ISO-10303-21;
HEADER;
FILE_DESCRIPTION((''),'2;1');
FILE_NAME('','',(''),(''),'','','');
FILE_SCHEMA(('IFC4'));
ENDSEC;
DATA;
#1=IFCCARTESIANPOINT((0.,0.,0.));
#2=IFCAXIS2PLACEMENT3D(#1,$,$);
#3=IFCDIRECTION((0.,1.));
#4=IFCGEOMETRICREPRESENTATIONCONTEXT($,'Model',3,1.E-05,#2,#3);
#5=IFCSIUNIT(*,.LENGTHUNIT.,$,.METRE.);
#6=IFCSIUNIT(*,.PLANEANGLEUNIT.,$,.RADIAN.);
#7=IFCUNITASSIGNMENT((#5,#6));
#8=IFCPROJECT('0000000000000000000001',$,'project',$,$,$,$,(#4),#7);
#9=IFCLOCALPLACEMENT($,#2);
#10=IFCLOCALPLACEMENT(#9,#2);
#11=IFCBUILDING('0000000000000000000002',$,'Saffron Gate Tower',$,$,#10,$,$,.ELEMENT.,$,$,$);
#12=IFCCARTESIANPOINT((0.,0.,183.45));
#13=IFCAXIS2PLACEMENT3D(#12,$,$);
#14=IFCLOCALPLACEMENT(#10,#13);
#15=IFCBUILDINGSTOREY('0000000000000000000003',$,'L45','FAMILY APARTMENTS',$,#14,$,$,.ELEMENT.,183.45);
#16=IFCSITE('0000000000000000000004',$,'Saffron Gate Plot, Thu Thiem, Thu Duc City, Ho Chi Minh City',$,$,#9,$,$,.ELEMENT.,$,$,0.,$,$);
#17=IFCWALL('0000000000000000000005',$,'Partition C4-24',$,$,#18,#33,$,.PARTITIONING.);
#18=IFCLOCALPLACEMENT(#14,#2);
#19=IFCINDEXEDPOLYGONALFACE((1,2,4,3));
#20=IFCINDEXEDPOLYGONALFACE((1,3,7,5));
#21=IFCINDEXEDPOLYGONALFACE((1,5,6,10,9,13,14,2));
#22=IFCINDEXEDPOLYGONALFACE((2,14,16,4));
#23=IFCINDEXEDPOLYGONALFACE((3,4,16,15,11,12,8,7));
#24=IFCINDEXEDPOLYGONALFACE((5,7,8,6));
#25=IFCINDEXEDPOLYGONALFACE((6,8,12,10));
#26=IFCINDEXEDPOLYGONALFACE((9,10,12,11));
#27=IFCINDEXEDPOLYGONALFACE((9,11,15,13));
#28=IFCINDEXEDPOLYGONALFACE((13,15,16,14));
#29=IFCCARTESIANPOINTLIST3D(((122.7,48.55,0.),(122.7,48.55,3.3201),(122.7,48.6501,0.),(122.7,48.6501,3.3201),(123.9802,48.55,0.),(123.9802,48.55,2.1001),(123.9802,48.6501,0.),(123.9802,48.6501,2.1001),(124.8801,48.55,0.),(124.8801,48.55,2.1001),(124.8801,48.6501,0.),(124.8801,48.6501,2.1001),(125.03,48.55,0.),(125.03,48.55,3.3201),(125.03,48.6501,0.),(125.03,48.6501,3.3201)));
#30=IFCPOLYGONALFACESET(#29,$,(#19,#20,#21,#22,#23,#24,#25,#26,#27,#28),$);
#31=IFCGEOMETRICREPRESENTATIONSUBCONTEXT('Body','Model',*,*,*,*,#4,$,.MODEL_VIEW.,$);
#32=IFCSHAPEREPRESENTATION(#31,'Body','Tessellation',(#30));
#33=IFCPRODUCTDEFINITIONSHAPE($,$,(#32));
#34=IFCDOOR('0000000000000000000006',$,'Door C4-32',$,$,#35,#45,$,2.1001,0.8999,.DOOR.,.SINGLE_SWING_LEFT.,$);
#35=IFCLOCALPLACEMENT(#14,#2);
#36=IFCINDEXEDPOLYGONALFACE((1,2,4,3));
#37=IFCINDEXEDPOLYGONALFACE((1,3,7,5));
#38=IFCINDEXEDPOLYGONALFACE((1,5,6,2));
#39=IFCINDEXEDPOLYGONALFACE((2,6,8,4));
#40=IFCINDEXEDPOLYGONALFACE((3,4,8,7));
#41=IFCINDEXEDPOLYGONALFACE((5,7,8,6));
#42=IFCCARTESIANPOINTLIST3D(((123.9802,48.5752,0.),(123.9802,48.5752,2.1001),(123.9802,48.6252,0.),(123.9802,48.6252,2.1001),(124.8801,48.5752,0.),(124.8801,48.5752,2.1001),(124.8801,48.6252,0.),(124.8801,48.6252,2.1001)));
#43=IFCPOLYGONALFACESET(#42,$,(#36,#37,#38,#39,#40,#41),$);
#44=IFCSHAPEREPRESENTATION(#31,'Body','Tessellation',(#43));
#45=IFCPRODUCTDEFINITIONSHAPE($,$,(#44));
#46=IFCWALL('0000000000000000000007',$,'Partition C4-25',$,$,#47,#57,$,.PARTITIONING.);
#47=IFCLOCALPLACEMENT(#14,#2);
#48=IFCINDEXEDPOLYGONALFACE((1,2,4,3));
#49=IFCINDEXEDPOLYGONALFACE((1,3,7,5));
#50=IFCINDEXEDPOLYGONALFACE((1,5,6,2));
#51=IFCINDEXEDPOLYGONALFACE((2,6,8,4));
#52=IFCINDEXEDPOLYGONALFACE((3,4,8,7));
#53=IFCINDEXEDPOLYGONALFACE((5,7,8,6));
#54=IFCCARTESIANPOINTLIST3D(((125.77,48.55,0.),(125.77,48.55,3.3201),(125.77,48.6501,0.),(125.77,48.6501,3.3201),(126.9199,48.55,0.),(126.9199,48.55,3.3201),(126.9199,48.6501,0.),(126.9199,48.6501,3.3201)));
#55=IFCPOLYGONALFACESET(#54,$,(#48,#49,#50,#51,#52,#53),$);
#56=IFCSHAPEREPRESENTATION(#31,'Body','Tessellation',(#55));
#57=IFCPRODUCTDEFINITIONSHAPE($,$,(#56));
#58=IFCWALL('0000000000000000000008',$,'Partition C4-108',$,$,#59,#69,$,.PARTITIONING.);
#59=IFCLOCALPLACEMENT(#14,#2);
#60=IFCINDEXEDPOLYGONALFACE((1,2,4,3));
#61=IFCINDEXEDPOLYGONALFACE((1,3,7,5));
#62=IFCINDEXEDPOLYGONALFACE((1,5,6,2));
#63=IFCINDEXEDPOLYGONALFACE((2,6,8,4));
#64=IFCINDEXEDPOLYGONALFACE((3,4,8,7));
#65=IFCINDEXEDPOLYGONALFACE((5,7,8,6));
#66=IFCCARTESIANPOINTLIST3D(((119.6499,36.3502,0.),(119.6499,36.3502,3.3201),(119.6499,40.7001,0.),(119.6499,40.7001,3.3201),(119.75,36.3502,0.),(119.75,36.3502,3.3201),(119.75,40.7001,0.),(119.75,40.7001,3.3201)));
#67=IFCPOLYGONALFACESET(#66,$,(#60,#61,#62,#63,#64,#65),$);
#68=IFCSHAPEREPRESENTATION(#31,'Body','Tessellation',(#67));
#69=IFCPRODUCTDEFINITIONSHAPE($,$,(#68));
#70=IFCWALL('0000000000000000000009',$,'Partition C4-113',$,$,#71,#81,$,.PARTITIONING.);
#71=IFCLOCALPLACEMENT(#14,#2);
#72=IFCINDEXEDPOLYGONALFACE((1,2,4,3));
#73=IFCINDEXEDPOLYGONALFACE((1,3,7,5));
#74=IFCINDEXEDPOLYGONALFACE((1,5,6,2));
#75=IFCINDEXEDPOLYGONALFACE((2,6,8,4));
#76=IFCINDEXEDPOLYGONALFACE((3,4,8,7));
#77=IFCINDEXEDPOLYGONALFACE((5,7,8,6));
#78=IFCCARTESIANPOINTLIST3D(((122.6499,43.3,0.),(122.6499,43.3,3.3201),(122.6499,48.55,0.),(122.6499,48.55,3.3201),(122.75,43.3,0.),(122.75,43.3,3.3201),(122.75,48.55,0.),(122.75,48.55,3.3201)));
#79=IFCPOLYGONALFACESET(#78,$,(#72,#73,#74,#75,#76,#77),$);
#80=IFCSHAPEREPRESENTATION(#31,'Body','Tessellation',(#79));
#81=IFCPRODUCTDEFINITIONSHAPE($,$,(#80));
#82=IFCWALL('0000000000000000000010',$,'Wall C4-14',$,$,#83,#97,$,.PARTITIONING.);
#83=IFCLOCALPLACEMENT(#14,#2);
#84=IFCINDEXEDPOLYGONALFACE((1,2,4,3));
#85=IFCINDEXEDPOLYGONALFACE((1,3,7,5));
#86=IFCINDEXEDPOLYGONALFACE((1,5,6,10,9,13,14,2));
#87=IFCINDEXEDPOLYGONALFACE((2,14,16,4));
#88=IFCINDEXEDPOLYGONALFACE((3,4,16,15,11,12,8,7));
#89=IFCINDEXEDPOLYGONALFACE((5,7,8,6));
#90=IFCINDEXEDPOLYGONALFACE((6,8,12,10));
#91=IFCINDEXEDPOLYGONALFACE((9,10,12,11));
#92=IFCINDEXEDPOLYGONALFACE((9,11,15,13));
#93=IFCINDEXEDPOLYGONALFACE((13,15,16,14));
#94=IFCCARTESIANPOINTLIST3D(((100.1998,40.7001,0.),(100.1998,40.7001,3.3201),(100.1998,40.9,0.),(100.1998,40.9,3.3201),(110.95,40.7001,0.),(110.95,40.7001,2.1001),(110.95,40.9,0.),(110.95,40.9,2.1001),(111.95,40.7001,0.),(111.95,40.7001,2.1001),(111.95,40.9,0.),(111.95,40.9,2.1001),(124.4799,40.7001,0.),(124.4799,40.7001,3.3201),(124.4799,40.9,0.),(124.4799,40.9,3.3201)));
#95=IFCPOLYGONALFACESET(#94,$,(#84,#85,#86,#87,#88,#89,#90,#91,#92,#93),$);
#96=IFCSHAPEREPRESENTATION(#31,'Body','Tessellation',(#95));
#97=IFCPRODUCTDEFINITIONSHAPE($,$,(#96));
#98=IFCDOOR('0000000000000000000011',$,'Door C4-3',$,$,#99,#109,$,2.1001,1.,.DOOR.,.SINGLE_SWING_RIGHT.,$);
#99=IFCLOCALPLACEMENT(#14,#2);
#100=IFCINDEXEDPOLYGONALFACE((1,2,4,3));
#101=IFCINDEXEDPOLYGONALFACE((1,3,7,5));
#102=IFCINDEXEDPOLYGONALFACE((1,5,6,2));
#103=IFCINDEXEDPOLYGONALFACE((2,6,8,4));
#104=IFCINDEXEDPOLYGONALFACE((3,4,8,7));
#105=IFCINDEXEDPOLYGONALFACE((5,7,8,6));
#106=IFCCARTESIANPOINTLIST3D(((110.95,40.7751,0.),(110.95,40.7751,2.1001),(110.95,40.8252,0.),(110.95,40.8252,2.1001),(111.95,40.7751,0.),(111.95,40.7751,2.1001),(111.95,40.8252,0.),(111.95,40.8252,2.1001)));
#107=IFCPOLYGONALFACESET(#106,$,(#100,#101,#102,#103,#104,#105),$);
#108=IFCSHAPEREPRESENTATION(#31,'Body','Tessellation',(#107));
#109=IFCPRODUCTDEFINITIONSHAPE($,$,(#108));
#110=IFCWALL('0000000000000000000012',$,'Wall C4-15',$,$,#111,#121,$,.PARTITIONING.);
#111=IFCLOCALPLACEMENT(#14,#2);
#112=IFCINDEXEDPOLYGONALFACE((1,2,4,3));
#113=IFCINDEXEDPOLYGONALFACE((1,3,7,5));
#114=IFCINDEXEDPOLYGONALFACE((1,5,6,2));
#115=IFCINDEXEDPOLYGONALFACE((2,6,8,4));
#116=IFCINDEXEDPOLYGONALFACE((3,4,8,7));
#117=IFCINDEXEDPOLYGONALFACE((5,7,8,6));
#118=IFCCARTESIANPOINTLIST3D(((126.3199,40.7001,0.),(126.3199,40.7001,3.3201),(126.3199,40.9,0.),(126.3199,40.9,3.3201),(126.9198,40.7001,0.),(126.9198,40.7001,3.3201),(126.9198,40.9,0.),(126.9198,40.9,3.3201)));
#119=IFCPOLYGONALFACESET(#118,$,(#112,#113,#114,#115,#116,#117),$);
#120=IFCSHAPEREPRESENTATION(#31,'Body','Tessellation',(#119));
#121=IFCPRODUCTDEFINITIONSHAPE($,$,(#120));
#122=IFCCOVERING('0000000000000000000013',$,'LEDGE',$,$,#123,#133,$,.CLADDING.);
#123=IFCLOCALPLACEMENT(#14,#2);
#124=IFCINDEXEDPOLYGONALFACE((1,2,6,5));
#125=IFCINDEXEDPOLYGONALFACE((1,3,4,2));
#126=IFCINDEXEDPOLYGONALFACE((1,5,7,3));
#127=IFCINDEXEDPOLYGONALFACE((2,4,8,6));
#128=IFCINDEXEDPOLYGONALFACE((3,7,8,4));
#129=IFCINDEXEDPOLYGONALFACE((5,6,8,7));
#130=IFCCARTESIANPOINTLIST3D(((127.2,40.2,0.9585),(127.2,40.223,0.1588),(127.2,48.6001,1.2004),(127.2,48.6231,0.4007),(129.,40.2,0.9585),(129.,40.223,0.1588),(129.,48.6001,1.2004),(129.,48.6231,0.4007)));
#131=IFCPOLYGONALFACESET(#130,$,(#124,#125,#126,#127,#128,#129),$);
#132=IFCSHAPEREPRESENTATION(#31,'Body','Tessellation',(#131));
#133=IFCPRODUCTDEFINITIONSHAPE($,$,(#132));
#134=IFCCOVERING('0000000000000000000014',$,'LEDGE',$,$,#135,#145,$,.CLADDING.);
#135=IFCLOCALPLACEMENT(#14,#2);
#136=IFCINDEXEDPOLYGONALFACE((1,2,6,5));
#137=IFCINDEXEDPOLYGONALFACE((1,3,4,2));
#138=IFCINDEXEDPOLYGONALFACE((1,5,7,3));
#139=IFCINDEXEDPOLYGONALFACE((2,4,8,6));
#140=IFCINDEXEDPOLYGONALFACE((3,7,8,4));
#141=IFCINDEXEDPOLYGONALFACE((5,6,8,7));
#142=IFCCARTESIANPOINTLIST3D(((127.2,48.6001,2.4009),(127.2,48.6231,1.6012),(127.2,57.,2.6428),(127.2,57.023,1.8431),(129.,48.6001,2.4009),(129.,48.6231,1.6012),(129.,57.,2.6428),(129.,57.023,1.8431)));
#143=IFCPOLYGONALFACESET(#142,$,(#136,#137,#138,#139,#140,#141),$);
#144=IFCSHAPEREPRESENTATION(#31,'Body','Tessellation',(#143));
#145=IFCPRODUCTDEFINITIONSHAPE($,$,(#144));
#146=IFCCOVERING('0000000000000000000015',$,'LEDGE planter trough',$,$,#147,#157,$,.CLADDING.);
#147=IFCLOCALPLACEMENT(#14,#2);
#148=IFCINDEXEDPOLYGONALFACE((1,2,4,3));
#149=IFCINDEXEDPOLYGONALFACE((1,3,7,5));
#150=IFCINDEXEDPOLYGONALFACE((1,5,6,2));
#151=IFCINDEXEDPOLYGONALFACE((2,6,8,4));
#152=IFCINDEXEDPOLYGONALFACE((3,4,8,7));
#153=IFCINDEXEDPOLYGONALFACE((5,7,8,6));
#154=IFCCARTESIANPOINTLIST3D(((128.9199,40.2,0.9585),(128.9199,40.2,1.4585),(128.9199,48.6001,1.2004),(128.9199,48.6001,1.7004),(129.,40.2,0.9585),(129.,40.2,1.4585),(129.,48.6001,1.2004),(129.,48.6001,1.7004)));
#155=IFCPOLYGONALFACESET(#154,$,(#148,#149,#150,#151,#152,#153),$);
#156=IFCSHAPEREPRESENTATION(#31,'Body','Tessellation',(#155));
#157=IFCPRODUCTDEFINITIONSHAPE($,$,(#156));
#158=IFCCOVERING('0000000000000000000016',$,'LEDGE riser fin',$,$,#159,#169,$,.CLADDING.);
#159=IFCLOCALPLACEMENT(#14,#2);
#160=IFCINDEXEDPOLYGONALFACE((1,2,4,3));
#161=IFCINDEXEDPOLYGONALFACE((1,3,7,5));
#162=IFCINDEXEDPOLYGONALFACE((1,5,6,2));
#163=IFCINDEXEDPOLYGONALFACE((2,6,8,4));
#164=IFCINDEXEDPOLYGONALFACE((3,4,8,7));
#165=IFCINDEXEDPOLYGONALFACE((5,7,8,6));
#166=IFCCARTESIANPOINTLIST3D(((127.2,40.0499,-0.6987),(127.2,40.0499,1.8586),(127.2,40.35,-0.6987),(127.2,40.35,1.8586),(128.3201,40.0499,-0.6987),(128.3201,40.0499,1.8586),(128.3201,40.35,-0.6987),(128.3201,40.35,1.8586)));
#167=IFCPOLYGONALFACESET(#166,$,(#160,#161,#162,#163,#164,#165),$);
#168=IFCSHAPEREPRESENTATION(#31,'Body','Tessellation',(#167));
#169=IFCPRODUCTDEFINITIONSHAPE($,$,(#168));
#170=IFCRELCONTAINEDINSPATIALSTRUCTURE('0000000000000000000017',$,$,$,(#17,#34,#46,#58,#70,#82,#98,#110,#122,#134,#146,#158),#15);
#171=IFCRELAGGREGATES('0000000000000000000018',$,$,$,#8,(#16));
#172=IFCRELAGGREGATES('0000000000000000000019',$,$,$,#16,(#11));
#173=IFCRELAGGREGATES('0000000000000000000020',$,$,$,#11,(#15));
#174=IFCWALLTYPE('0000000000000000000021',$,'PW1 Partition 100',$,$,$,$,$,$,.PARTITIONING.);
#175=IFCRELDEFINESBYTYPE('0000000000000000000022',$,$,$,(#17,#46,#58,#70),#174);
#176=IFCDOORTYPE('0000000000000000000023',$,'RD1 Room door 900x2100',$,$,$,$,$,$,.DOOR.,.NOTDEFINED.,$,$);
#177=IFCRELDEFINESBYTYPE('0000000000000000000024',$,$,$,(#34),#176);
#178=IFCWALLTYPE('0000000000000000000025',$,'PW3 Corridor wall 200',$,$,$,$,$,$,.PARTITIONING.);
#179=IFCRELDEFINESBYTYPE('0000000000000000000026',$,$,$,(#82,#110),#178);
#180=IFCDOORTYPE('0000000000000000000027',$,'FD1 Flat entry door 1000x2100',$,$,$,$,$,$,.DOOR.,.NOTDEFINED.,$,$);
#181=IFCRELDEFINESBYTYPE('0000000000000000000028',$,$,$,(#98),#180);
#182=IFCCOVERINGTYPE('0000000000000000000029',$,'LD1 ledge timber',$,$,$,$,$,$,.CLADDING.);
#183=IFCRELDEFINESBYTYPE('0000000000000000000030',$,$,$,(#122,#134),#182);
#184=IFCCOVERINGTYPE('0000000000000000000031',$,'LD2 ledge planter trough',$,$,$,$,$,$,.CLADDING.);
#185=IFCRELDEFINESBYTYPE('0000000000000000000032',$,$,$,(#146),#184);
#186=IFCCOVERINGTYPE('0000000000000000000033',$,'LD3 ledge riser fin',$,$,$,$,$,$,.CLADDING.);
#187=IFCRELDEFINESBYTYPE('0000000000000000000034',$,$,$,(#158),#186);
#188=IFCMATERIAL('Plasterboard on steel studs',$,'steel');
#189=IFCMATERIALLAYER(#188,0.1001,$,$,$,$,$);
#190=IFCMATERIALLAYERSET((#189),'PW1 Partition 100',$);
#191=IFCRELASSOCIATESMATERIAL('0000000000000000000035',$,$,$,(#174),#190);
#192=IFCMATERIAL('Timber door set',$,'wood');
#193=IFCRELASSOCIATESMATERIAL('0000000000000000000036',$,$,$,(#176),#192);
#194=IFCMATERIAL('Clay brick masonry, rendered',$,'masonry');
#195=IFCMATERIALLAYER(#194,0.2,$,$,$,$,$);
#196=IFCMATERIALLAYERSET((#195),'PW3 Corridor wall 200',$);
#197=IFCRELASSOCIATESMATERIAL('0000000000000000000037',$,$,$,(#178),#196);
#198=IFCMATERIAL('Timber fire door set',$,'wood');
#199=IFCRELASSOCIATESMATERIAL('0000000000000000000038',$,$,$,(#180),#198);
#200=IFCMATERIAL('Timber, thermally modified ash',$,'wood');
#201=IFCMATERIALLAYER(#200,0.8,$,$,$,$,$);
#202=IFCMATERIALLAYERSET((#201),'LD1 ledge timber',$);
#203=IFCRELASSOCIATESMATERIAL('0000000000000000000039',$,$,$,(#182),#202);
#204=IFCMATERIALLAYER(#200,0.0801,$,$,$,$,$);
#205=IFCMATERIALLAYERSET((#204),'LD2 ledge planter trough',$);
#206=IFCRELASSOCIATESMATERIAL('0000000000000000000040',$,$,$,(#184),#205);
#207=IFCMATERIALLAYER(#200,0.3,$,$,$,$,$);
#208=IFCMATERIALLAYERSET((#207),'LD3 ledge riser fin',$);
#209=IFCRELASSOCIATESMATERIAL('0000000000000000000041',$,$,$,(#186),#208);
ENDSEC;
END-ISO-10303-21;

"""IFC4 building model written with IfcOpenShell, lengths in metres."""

from ifc_helpers import new_model, si_unit, direction, frame, frame_2d, origin, origin_2d, place, context, subcontext, project, spatial, polyline, rectangle, outline, extrude, material, layer, layer_set, type_object, element, fill, save


model = new_model("IFC4")

# Units and contexts
model_context = context("Model", 3, precision=1e-05, world=origin(), true_north=direction((0.0, 1.0)))
body_context = subcontext(model_context, "Body", "Model", "MODEL_VIEW")
ifc_project = project(units=[si_unit("LENGTHUNIT", "METRE"), si_unit("PLANEANGLEUNIT", "RADIAN")], contexts=[model_context])

# Site, building, storey
site_placement = place(None, origin())
site = spatial("IfcSite", under=ifc_project, at=site_placement, Name="Saffron Gate Plot, Thu Thiem, Thu Duc City, Ho Chi Minh City", CompositionType="ELEMENT", RefElevation=0.0)
building_placement = place(site_placement, origin())
building = spatial("IfcBuilding", under=site, at=building_placement, Name="Saffron Gate Tower", CompositionType="ELEMENT")
storey_placement = place(building_placement, frame((0.0, 0.0, 183.45)))
storey = spatial("IfcBuildingStorey", under=building, at=storey_placement, Name="L45", Description="FAMILY APARTMENTS", CompositionType="ELEMENT", Elevation=183.45)

# Wall, opening, door
ifc_material_1 = material(Name="Plasterboard on steel studs", Category="steel")
ifc_layer_1 = layer(ifc_material_1, 0.1001)
ifc_layer_set_1 = layer_set([ifc_layer_1], Name="PW1 Partition 100")
wall_type_1 = type_object("IfcWallType", Name="PW1 Partition 100", PredefinedType="PARTITIONING", material=ifc_layer_set_1)
ifc_material_2 = material(Name="Timber door set", Category="wood")
door_type_1 = type_object("IfcDoorType", Name="RD1 Room door 900x2100", OperationType="NOTDEFINED", PredefinedType="DOOR", material=ifc_material_2)
wall_1_placement = place(storey_placement, frame((125.03, 48.6001, 0.0), z_axis=(0.0, 0.0, 1.0), x_axis=(-1.0, 0.0, 0.0)))
wall_1 = element("IfcWall", 1, at=wall_1_placement, inside=storey, type_object=wall_type_1, Name="Partition C4-24", PredefinedType="PARTITIONING", context=body_context, shape_type="SweptSolid", body=[
    extrude(rectangle(XDim=2.3301, YDim=0.1001, at=frame_2d((1.165, 0.0))), origin(), (0.0, 0.0, 1.0), 3.3201),
])
opening_1_placement = place(wall_1_placement, frame((0.1499, 0.0, 0.0)))
opening_1 = element("IfcOpeningElement", 2, at=opening_1_placement, cuts=wall_1, PredefinedType="OPENING", context=body_context, shape_type="SweptSolid", body=[
    extrude(rectangle(XDim=0.8999, YDim=2.1001, at=frame_2d((0.45, 1.05))), frame((0.0, 0.0601, 0.0), z_axis=(0.0, -1.0, 0.0), x_axis=(1.0, 0.0, 0.0)), (0.0, 0.0, 1.0), 0.1201),
])
door_1_placement = place(opening_1_placement, origin())
door_1 = element("IfcDoor", 3, at=door_1_placement, inside=storey, type_object=door_type_1, Name="Door C4-32", OperationType="SINGLE_SWING_LEFT", OverallHeight=2.1001, OverallWidth=0.8999, PredefinedType="DOOR", context=body_context, shape_type="SweptSolid", body=[
    extrude(rectangle(XDim=0.8999, YDim=2.1001, at=frame_2d((0.45, 1.05))), frame((0.0, 0.0249, 0.0), z_axis=(0.0, -1.0, 0.0), x_axis=(1.0, 0.0, 0.0)), (0.0, 0.0, 1.0), 0.05),
])
fill(opening_1, door_1)

# Walls
wall_2_placement = place(storey_placement, frame((125.77, 48.6001, 0.0), z_axis=(0.0, 0.0, 1.0), x_axis=(1.0, 0.0, 0.0)))
element("IfcWall", 4, at=wall_2_placement, inside=storey, type_object=wall_type_1, Name="Partition C4-25", PredefinedType="PARTITIONING", context=body_context, shape_type="SweptSolid", body=[
    extrude(rectangle(XDim=1.1499, YDim=0.1001, at=frame_2d((0.575, 0.0))), origin(), (0.0, 0.0, 1.0), 3.3201),
])
wall_3_placement = place(storey_placement, frame((119.7, 40.7, 0.0), z_axis=(0.0, 0.0, 1.0), x_axis=(0.0, -1.0, 0.0)))
element("IfcWall", 5, at=wall_3_placement, inside=storey, type_object=wall_type_1, Name="Partition C4-108", PredefinedType="PARTITIONING", context=body_context, shape_type="SweptSolid", body=[
    extrude(rectangle(XDim=4.3499, YDim=0.1001, at=frame_2d((2.1748, 0.0))), origin(), (0.0, 0.0, 1.0), 3.3201),
])
wall_4_placement = place(storey_placement, frame((122.7, 48.55, 0.0), z_axis=(0.0, 0.0, 1.0), x_axis=(0.0, -1.0, 0.0)))
element("IfcWall", 6, at=wall_4_placement, inside=storey, type_object=wall_type_1, Name="Partition C4-113", PredefinedType="PARTITIONING", context=body_context, shape_type="SweptSolid", body=[
    extrude(rectangle(XDim=5.25, YDim=0.1001, at=frame_2d((2.625, 0.0))), origin(), (0.0, 0.0, 1.0), 3.3201),
])

# Wall, opening, door
ifc_material_3 = material(Name="Clay brick masonry, rendered", Category="masonry")
ifc_layer_2 = layer(ifc_material_3, 0.2)
ifc_layer_set_2 = layer_set([ifc_layer_2], Name="PW3 Corridor wall 200")
wall_type_2 = type_object("IfcWallType", Name="PW3 Corridor wall 200", PredefinedType="PARTITIONING", material=ifc_layer_set_2)
wall_5_placement = place(storey_placement, frame((124.48, 40.8, 0.0), z_axis=(0.0, 0.0, 1.0), x_axis=(-1.0, 0.0, 0.0)))
wall_5 = element("IfcWall", 7, at=wall_5_placement, inside=storey, type_object=wall_type_2, Name="Wall C4-14", PredefinedType="PARTITIONING", context=body_context, shape_type="SweptSolid", body=[
    extrude(rectangle(XDim=24.28, YDim=0.2, at=frame_2d((12.1401, 0.0))), origin(), (0.0, 0.0, 1.0), 3.3201),
])
opening_2_placement = place(wall_5_placement, frame((12.53, 0.0, 0.0)))
opening_2 = element("IfcOpeningElement", 8, at=opening_2_placement, cuts=wall_5, PredefinedType="OPENING", context=body_context, shape_type="SweptSolid", body=[
    extrude(rectangle(XDim=1.0, YDim=2.1001, at=frame_2d((0.5, 1.05))), frame((0.0, 0.1099, 0.0), z_axis=(0.0, -1.0, 0.0), x_axis=(1.0, 0.0, 0.0)), (0.0, 0.0, 1.0), 0.22),
])
ifc_material_4 = material(Name="Timber fire door set", Category="wood")
door_type_2 = type_object("IfcDoorType", Name="FD1 Flat entry door 1000x2100", OperationType="NOTDEFINED", PredefinedType="DOOR", material=ifc_material_4)
door_2_placement = place(opening_2_placement, origin())
door_2 = element("IfcDoor", 9, at=door_2_placement, inside=storey, type_object=door_type_2, Name="Door C4-3", OperationType="SINGLE_SWING_RIGHT", OverallHeight=2.1001, OverallWidth=1.0, PredefinedType="DOOR", context=body_context, shape_type="SweptSolid", body=[
    extrude(rectangle(XDim=1.0, YDim=2.1001, at=frame_2d((0.5, 1.05))), frame((0.0, 0.0249, 0.0), z_axis=(0.0, -1.0, 0.0), x_axis=(1.0, 0.0, 0.0)), (0.0, 0.0, 1.0), 0.05),
])
fill(opening_2, door_2)

# Wall
wall_6_placement = place(storey_placement, frame((126.3201, 40.8, 0.0), z_axis=(0.0, 0.0, 1.0), x_axis=(1.0, 0.0, 0.0)))
element("IfcWall", 10, at=wall_6_placement, inside=storey, type_object=wall_type_2, Name="Wall C4-15", PredefinedType="PARTITIONING", context=body_context, shape_type="SweptSolid", body=[
    extrude(rectangle(XDim=0.5999, YDim=0.2, at=frame_2d((0.2998, 0.0))), origin(), (0.0, 0.0, 1.0), 3.3201),
])

# Coverings
ifc_material_5 = material(Name="Timber, thermally modified ash", Category="wood")
ifc_layer_3 = layer(ifc_material_5, 0.8)
ifc_layer_set_3 = layer_set([ifc_layer_3], Name="LD1 ledge timber")
covering_type_1 = type_object("IfcCoveringType", Name="LD1 ledge timber", PredefinedType="CLADDING", material=ifc_layer_set_3)
covering_1_placement = place(storey_placement, frame((127.2, 40.2, 0.9585), z_axis=(0.0, -0.02879, 0.999585), x_axis=(0.0, 0.999585, 0.02879)))
element("IfcCovering", 11, at=covering_1_placement, inside=storey, type_object=covering_type_1, Name="LEDGE", PredefinedType="CLADDING", context=body_context, shape_type="SweptSolid", body=[
    extrude(outline(polyline([(0.0, 0.0), (8.4036, 0.0), (8.4036, -1.8), (0.0, -1.8), (0.0, 0.0)])), origin(), (0.0, 0.0, -1.0), 0.8),
])
covering_2_placement = place(storey_placement, frame((127.2, 48.6001, 2.4009), z_axis=(0.0, -0.028791, 0.999585), x_axis=(0.0, 0.999585, 0.028791)))
element("IfcCovering", 12, at=covering_2_placement, inside=storey, type_object=covering_type_1, Name="LEDGE", PredefinedType="CLADDING", context=body_context, shape_type="SweptSolid", body=[
    extrude(outline(polyline([(0.0, 0.0), (8.4034, 0.0), (8.4034, -1.8), (0.0, -1.8), (0.0, 0.0)])), origin(), (0.0, 0.0, -1.0), 0.8),
])
ifc_layer_4 = layer(ifc_material_5, 0.0801)
ifc_layer_set_4 = layer_set([ifc_layer_4], Name="LD2 ledge planter trough")
covering_type_2 = type_object("IfcCoveringType", Name="LD2 ledge planter trough", PredefinedType="CLADDING", material=ifc_layer_set_4)
covering_3_placement = place(storey_placement, frame((129.0, 40.2, 0.9585), z_axis=(1.0, 0.0, 0.0), x_axis=(0.0, 0.999585, 0.02879)))
element("IfcCovering", 13, at=covering_3_placement, inside=storey, type_object=covering_type_2, Name="LEDGE planter trough", PredefinedType="CLADDING", context=body_context, shape_type="SweptSolid", body=[
    extrude(outline(polyline([(0.0, 0.0), (8.4036, 0.0), (8.418, 0.4998), (0.0144, 0.4998), (0.0, 0.0)])), origin(), (0.0, 0.0, -1.0), 0.0801),
])
ifc_layer_5 = layer(ifc_material_5, 0.3)
ifc_layer_set_5 = layer_set([ifc_layer_5], Name="LD3 ledge riser fin")
covering_type_3 = type_object("IfcCoveringType", Name="LD3 ledge riser fin", PredefinedType="CLADDING", material=ifc_layer_set_5)
covering_4_placement = place(storey_placement, frame((127.76, 40.2, -0.6987), z_axis=(0.0, 0.0, 1.0), x_axis=(0.0, 1.0, 0.0)))
element("IfcCovering", 14, at=covering_4_placement, inside=storey, type_object=covering_type_3, Name="LEDGE riser fin", PredefinedType="CLADDING", context=body_context, shape_type="SweptSolid", body=[
    extrude(rectangle(XDim=0.3, YDim=1.1201, at=origin_2d()), origin(), (0.0, 0.0, 1.0), 2.5574),
])

save(model, "model.ifc")
